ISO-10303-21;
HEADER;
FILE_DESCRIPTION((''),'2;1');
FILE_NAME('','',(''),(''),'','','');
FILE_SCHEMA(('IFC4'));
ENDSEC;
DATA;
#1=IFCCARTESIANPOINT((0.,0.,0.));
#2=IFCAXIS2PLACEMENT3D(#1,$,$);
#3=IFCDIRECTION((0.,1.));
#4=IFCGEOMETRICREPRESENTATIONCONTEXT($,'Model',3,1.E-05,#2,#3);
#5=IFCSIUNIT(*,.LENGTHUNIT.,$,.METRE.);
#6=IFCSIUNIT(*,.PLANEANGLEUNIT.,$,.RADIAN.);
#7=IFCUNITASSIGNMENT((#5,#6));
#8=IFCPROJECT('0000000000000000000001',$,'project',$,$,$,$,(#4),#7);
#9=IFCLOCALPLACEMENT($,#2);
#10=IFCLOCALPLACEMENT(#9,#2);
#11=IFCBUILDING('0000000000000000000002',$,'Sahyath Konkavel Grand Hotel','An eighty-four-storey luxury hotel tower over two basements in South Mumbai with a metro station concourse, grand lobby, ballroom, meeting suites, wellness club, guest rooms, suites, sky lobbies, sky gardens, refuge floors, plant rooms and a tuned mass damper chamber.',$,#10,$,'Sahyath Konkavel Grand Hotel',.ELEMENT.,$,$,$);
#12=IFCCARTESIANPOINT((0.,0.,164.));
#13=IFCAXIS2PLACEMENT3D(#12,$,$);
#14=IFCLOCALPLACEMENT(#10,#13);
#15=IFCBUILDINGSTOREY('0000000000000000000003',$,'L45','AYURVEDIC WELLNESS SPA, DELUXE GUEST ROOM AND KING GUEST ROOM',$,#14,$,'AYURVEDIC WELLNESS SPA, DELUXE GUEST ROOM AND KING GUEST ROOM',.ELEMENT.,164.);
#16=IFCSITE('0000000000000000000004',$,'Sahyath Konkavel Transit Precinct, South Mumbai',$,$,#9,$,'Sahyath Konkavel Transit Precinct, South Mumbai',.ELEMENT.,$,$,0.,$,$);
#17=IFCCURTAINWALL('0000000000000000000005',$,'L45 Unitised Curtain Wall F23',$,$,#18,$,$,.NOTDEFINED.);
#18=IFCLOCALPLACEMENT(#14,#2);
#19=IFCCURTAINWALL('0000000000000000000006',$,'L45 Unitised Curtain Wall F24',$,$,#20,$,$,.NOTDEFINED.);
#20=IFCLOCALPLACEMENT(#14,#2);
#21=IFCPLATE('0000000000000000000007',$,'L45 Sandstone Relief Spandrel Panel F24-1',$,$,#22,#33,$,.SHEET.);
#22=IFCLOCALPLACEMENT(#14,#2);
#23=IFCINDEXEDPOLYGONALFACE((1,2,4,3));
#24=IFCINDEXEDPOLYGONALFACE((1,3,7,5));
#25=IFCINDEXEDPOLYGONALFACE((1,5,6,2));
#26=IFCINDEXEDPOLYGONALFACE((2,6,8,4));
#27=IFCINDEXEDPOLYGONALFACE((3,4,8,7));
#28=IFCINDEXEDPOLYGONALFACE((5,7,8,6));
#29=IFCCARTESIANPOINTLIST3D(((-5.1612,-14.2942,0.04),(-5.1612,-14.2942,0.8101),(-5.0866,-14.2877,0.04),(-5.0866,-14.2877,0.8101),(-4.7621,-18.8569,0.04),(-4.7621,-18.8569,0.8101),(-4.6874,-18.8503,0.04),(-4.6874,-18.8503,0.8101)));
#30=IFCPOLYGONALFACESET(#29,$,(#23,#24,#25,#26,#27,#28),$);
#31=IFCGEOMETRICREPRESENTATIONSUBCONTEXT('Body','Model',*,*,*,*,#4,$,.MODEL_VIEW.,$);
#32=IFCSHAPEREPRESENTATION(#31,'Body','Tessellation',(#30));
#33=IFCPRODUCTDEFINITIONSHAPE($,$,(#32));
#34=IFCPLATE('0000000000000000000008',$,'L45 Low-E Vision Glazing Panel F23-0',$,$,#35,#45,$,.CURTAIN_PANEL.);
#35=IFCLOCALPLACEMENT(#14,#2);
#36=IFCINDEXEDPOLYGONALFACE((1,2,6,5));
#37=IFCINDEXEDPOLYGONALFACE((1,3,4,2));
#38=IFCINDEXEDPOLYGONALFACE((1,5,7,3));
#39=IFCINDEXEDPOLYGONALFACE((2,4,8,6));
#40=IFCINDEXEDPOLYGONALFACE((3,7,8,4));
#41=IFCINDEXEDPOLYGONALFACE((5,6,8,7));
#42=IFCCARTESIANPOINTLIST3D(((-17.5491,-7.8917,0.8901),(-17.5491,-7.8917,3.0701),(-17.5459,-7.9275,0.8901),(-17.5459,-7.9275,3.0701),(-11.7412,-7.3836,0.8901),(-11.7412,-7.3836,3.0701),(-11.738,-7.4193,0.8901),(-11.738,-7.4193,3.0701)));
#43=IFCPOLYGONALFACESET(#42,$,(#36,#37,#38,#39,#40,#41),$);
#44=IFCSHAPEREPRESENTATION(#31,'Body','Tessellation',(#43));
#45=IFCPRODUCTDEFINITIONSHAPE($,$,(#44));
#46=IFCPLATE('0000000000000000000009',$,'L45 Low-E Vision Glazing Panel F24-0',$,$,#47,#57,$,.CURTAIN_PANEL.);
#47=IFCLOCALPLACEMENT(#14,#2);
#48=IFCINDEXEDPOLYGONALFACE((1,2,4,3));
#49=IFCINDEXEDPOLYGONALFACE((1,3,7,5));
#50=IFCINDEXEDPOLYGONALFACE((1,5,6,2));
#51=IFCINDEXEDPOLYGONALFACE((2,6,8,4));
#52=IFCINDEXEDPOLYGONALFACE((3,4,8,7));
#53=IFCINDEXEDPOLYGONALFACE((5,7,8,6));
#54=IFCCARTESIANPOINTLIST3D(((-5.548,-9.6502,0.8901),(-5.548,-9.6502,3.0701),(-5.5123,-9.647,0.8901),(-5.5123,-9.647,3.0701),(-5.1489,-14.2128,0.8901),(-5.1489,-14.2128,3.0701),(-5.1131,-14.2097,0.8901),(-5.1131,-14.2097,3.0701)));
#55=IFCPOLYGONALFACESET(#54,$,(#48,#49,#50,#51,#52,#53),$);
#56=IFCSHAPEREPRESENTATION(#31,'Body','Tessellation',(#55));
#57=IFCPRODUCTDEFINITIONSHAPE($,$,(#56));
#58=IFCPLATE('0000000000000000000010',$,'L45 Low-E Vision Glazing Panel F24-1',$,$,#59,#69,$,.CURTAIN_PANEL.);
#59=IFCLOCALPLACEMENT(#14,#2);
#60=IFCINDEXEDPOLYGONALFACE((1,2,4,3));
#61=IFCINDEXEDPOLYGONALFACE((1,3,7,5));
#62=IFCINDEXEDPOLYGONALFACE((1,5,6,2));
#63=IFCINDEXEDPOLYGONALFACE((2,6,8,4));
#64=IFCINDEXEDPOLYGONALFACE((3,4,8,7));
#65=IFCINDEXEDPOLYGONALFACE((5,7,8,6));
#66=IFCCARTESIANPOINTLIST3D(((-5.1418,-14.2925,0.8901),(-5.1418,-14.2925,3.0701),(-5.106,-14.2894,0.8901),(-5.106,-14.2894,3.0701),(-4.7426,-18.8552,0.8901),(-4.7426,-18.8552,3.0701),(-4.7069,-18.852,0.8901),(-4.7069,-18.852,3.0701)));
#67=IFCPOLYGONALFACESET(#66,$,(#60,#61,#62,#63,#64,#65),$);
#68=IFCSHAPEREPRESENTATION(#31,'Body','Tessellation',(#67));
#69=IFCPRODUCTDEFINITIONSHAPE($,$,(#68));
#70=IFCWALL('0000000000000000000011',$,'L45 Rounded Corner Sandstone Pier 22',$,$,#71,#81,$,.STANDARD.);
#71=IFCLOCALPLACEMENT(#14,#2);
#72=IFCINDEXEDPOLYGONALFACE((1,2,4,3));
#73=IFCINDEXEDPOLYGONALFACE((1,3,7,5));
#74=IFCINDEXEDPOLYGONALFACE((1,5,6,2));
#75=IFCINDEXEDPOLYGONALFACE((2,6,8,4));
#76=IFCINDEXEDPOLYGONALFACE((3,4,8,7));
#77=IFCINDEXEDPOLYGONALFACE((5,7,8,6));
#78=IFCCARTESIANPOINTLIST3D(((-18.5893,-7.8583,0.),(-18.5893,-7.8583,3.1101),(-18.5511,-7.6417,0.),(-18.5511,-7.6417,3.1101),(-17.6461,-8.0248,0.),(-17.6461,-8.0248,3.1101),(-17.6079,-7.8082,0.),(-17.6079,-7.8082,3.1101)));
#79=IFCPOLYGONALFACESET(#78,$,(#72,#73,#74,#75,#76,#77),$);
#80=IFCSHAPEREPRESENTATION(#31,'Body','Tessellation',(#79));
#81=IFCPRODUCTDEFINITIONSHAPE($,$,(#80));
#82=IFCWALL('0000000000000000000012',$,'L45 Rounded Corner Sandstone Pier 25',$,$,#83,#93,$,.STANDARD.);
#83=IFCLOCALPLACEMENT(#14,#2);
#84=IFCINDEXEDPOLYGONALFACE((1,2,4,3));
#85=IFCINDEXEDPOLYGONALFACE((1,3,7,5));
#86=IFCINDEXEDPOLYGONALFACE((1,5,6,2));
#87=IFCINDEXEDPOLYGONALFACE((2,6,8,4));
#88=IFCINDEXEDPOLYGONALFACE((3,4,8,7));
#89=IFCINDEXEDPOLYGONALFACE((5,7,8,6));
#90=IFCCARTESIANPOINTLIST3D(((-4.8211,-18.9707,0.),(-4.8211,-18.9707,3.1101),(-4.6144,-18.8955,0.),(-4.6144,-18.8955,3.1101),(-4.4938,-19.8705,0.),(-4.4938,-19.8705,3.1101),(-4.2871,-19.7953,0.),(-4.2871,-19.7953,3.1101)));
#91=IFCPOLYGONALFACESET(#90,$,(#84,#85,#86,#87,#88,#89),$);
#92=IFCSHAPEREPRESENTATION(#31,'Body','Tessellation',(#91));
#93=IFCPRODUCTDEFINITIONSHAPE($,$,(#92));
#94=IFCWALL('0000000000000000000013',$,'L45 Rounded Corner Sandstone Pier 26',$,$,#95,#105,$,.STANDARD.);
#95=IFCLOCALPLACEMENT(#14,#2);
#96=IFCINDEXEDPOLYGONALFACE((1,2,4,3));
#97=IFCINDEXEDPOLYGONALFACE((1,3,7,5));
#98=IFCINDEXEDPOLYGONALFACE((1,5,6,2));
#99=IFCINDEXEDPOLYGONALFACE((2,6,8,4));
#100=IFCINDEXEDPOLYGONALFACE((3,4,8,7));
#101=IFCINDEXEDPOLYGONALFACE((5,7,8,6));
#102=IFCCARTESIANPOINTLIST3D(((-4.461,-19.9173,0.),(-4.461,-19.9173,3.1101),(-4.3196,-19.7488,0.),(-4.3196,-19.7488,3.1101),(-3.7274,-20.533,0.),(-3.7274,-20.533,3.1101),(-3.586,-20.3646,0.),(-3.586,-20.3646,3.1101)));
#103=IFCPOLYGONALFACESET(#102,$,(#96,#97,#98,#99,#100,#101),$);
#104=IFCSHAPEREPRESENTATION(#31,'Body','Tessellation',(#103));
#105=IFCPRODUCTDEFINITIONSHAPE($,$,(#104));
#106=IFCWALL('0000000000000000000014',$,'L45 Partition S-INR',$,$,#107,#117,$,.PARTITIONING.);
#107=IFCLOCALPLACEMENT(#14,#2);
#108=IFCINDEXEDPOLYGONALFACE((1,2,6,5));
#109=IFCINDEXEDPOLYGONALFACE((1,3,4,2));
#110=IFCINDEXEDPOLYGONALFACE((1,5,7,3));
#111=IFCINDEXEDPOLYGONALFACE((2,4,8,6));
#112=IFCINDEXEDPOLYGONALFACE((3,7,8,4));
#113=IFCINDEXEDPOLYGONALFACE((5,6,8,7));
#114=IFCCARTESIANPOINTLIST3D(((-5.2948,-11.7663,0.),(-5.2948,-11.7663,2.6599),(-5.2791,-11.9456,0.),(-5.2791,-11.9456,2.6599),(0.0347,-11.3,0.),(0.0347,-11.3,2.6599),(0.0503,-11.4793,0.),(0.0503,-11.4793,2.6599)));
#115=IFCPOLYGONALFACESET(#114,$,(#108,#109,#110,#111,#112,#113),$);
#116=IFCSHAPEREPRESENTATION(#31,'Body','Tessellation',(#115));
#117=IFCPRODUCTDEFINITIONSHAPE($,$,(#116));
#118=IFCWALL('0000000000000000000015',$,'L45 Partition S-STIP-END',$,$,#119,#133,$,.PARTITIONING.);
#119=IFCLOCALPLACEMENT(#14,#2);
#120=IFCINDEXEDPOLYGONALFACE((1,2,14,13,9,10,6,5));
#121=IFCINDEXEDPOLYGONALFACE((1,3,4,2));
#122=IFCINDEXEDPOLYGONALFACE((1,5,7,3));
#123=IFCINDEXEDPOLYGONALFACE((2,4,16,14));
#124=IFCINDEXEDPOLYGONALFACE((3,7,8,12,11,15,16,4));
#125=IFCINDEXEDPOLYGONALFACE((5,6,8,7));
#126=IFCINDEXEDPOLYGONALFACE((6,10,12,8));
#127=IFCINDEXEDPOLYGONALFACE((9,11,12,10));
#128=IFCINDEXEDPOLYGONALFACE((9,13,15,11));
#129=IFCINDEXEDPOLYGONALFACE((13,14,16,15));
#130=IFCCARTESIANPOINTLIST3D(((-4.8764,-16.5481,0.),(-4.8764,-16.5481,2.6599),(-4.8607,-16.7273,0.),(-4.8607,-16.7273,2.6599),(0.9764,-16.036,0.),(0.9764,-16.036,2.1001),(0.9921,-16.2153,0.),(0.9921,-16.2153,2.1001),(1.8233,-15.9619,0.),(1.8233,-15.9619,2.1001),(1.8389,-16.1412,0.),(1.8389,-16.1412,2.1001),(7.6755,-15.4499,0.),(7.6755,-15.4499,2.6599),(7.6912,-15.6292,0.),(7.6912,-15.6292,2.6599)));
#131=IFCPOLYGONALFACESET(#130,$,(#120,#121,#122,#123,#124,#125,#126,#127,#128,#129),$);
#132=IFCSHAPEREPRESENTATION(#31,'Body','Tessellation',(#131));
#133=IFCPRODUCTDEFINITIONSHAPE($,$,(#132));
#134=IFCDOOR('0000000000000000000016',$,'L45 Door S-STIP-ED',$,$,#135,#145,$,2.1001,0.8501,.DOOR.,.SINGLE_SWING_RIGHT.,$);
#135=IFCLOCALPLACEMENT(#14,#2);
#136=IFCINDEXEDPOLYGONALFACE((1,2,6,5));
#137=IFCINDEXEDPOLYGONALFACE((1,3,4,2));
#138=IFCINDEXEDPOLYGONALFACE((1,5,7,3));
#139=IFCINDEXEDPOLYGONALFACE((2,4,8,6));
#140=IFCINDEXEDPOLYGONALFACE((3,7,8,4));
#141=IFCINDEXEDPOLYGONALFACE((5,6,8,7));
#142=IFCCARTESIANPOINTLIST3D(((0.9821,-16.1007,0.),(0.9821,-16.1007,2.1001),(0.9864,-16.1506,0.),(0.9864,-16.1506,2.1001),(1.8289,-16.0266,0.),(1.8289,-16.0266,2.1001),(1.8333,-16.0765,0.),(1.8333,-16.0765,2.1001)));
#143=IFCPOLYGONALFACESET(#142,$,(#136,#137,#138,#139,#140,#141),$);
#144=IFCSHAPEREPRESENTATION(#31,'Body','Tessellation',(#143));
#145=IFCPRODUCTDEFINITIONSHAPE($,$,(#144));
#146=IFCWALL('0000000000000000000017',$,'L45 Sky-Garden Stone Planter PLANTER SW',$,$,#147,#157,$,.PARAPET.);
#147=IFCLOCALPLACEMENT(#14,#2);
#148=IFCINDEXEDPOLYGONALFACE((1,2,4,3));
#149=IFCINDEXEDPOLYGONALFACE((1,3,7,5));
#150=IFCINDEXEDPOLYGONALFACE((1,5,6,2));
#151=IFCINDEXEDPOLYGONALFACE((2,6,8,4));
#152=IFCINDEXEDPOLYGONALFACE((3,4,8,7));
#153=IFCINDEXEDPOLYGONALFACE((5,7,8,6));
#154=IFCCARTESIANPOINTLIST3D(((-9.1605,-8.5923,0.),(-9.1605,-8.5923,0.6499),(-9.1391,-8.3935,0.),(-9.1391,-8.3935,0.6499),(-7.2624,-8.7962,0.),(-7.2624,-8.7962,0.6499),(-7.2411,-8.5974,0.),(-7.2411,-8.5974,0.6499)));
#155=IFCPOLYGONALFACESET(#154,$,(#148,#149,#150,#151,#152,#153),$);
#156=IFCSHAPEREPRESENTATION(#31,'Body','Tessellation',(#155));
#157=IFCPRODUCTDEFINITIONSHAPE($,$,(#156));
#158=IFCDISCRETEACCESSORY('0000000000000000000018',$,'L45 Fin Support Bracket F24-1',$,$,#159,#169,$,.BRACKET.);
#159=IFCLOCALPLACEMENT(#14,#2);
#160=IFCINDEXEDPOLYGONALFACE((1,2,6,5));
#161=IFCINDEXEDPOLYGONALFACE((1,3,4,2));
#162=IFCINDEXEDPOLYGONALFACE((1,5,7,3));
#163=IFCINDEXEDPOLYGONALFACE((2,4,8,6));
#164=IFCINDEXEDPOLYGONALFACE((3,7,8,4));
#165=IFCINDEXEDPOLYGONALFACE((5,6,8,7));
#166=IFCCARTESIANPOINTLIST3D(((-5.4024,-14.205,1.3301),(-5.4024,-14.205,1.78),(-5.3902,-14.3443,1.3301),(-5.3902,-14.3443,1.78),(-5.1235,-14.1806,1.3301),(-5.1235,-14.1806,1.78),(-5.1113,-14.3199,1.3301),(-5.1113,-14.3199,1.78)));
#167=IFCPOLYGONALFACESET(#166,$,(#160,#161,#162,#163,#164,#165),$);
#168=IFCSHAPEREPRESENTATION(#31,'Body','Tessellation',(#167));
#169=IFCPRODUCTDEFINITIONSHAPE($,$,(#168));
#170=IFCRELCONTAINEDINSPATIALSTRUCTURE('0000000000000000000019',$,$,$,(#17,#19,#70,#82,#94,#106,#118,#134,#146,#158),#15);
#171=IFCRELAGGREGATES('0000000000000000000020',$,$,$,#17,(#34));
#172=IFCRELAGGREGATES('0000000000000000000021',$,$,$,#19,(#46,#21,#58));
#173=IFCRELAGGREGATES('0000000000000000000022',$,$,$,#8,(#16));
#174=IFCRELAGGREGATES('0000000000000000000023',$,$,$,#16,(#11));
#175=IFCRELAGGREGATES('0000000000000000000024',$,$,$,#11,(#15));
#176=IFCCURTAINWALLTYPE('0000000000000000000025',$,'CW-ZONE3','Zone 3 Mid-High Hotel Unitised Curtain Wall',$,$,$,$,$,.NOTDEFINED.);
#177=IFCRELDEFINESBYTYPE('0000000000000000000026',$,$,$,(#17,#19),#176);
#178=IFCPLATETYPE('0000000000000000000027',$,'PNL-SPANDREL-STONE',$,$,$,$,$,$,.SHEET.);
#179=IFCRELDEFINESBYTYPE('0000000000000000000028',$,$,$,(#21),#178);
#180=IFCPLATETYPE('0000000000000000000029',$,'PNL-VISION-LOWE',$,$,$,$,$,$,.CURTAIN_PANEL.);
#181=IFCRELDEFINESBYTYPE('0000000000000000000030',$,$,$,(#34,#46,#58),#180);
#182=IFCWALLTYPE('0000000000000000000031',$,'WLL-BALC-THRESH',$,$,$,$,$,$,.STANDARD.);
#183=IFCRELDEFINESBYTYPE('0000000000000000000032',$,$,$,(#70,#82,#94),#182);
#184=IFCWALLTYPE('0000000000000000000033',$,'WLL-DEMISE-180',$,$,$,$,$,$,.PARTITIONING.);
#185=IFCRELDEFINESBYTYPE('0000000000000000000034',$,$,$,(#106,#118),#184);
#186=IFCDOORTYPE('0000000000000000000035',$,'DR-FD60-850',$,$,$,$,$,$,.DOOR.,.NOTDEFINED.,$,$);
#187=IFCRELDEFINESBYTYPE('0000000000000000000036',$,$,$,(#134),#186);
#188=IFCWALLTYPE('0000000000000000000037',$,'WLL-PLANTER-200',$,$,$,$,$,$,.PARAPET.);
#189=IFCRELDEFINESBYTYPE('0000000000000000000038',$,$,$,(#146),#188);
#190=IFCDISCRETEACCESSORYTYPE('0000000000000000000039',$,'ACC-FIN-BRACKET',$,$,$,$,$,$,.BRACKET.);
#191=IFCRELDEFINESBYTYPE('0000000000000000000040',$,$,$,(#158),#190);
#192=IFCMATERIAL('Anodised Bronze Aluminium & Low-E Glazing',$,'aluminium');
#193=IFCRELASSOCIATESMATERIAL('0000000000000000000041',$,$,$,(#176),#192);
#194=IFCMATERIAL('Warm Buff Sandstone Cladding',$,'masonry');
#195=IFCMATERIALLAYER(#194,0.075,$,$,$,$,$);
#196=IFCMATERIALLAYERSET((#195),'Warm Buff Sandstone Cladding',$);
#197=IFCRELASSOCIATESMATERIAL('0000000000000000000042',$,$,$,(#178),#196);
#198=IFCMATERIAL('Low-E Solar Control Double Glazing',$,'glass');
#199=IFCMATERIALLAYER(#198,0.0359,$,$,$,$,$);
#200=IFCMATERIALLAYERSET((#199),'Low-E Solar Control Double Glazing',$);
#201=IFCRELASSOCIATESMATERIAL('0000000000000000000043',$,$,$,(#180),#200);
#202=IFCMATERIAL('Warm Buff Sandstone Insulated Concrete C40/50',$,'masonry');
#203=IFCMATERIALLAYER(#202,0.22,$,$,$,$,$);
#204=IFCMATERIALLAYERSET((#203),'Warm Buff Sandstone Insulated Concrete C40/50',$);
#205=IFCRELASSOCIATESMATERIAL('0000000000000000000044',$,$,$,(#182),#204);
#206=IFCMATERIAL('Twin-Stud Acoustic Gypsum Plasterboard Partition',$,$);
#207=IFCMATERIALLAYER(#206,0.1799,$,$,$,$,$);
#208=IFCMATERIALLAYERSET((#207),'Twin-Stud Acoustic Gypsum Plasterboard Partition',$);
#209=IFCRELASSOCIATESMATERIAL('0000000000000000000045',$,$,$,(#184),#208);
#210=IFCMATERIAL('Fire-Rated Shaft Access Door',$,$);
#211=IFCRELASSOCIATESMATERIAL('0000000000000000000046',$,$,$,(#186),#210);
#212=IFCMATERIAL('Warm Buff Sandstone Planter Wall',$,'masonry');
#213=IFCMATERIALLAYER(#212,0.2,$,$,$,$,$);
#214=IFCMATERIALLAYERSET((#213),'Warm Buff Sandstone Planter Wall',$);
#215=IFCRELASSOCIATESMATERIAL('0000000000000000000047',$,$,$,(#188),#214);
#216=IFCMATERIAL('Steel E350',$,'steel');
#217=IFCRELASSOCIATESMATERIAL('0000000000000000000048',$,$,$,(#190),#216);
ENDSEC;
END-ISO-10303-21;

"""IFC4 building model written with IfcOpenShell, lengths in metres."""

from ifc_helpers import new_model, si_unit, direction, frame, frame_2d, origin, origin_2d, place, context, subcontext, project, spatial, rectangle, extrude, source, transform, mapped, material, layer, layer_set, type_object, element, fill, aggregate, save


model = new_model("IFC4")

# Units and contexts
model_context = context("Model", 3, precision=1e-05, world=origin(), true_north=direction((0.0, 1.0)))
body_context = subcontext(model_context, "Body", "Model", "MODEL_VIEW")
ifc_project = project(units=[si_unit("LENGTHUNIT", "METRE"), si_unit("PLANEANGLEUNIT", "RADIAN")], contexts=[model_context])

# Site, building, storey
site_placement = place(None, origin())
site = spatial("IfcSite", under=ifc_project, at=site_placement, Name="Sahyath Konkavel Transit Precinct, South Mumbai", LongName="Sahyath Konkavel Transit Precinct, South Mumbai", CompositionType="ELEMENT", RefElevation=0.0)
building_placement = place(site_placement, origin())
building = spatial("IfcBuilding", under=site, at=building_placement, Name="Sahyath Konkavel Grand Hotel", Description="An eighty-four-storey luxury hotel tower over two basements in South Mumbai with a metro station concourse, grand lobby, ballroom, meeting suites, wellness club, guest rooms, suites, sky lobbies, sky gardens, refuge floors, plant rooms and a tuned mass damper chamber.", LongName="Sahyath Konkavel Grand Hotel", CompositionType="ELEMENT")
storey_placement = place(building_placement, frame((0.0, 0.0, 164.0)))
storey = spatial("IfcBuildingStorey", under=building, at=storey_placement, Name="L45", Description="AYURVEDIC WELLNESS SPA, DELUXE GUEST ROOM AND KING GUEST ROOM", LongName="AYURVEDIC WELLNESS SPA, DELUXE GUEST ROOM AND KING GUEST ROOM", CompositionType="ELEMENT", Elevation=164.0)

# Curtain walls
ifc_material_1 = material(Name="Anodised Bronze Aluminium & Low-E Glazing", Category="aluminium")
curtain_wall_type = type_object("IfcCurtainWallType", Name="CW-ZONE3", Description="Zone 3 Mid-High Hotel Unitised Curtain Wall", PredefinedType="NOTDEFINED", material=ifc_material_1)
curtain_wall_1_placement = place(storey_placement, origin())
curtain_wall_1 = element("IfcCurtainWall", 1, at=curtain_wall_1_placement, inside=storey, type_object=curtain_wall_type, Name="L45 Unitised Curtain Wall F23", PredefinedType="NOTDEFINED")
curtain_wall_2_placement = place(storey_placement, origin())
curtain_wall_2 = element("IfcCurtainWall", 2, at=curtain_wall_2_placement, inside=storey, type_object=curtain_wall_type, Name="L45 Unitised Curtain Wall F24", PredefinedType="NOTDEFINED")

# Plates
ifc_material_2 = material(Name="Warm Buff Sandstone Cladding", Category="masonry")
ifc_layer_1 = layer(ifc_material_2, 0.075)
ifc_layer_set_1 = layer_set([ifc_layer_1], Name="Warm Buff Sandstone Cladding")
plate_type_1 = type_object("IfcPlateType", Name="PNL-SPANDREL-STONE", PredefinedType="SHEET", material=ifc_layer_set_1)
shared_shape_1 = source(origin(), body_context, "Body", "SweptSolid", [
    extrude(rectangle(XDim=4.5801, YDim=0.075, at=origin_2d()), origin(), (0.0, 0.0, 1.0), 0.77),
])
plate_1_placement = place(storey_placement, frame((-4.9243, -16.5723, 0.04), z_axis=(0.0, 0.0, 1.0), x_axis=(0.087156, -0.996195, 0.0)))
plate_1 = element("IfcPlate", 3, at=plate_1_placement, type_object=plate_type_1, Name="L45 Sandstone Relief Spandrel Panel F24-1", PredefinedType="SHEET", context=body_context, shape_type="MappedRepresentation", body=[
    mapped(shared_shape_1, transform((0.0, 0.0, 0.0), scale=1.0)),
])
ifc_material_3 = material(Name="Low-E Solar Control Double Glazing", Category="glass")
ifc_layer_2 = layer(ifc_material_3, 0.0359)
ifc_layer_set_2 = layer_set([ifc_layer_2], Name="Low-E Solar Control Double Glazing")
plate_type_2 = type_object("IfcPlateType", Name="PNL-VISION-LOWE", PredefinedType="CURTAIN_PANEL", material=ifc_layer_set_2)
shared_shape_2 = source(origin(), body_context, "Body", "SweptSolid", [
    extrude(rectangle(XDim=5.8301, YDim=0.0359, at=origin_2d()), origin(), (0.0, 0.0, 1.0), 2.1799),
])
plate_2_placement = place(storey_placement, frame((-14.6436, -7.6555, 0.8901), z_axis=(0.0, 0.0, 1.0), x_axis=(0.996195, 0.087156, 0.0)))
plate_2 = element("IfcPlate", 4, at=plate_2_placement, type_object=plate_type_2, Name="L45 Low-E Vision Glazing Panel F23-0", PredefinedType="CURTAIN_PANEL", context=body_context, shape_type="MappedRepresentation", body=[
    mapped(shared_shape_2, transform((0.0, 0.0, 0.0), scale=1.0)),
])
aggregate(curtain_wall_1, [plate_2])
shared_shape_3 = source(origin(), body_context, "Body", "SweptSolid", [
    extrude(rectangle(XDim=4.5801, YDim=0.0359, at=origin_2d()), origin(), (0.0, 0.0, 1.0), 2.1799),
])
plate_3_placement = place(storey_placement, frame((-5.3306, -11.9299, 0.8901), z_axis=(0.0, 0.0, 1.0), x_axis=(0.087156, -0.996195, 0.0)))
plate_3 = element("IfcPlate", 5, at=plate_3_placement, type_object=plate_type_2, Name="L45 Low-E Vision Glazing Panel F24-0", PredefinedType="CURTAIN_PANEL", context=body_context, shape_type="MappedRepresentation", body=[
    mapped(shared_shape_3, transform((0.0, 0.0, 0.0), scale=1.0)),
])
plate_4_placement = place(storey_placement, frame((-4.9243, -16.5723, 0.8901), z_axis=(0.0, 0.0, 1.0), x_axis=(0.087156, -0.996195, 0.0)))
plate_4 = element("IfcPlate", 6, at=plate_4_placement, type_object=plate_type_2, Name="L45 Low-E Vision Glazing Panel F24-1", PredefinedType="CURTAIN_PANEL", context=body_context, shape_type="MappedRepresentation", body=[
    mapped(shared_shape_3, transform((0.0, 0.0, 0.0), scale=1.0)),
])
aggregate(curtain_wall_2, [plate_3, plate_1, plate_4])

# Walls
ifc_material_4 = material(Name="Warm Buff Sandstone Insulated Concrete C40/50", Category="masonry")
ifc_layer_3 = layer(ifc_material_4, 0.22)
ifc_layer_set_3 = layer_set([ifc_layer_3], Name="Warm Buff Sandstone Insulated Concrete C40/50")
wall_type_1 = type_object("IfcWallType", Name="WLL-BALC-THRESH", PredefinedType="STANDARD", material=ifc_layer_set_3)
wall_1_placement = place(storey_placement, frame((-18.5703, -7.75, 0.0), z_axis=(0.0, 0.0, 1.0), x_axis=(0.984771, -0.173858, 0.0)))
element("IfcWall", 7, at=wall_1_placement, inside=storey, type_object=wall_type_1, Name="L45 Rounded Corner Sandstone Pier 22", PredefinedType="STANDARD", context=body_context, shape_type="SweptSolid", body=[
    extrude(rectangle(XDim=0.9578, YDim=0.22, at=frame_2d((0.479, 0.0))), origin(), (0.0, 0.0, 1.0), 3.1101),
])
wall_2_placement = place(storey_placement, frame((-4.7178, -18.9331, 0.0), z_axis=(0.0, 0.0, 1.0), x_axis=(0.341886, -0.939741, 0.0)))
element("IfcWall", 8, at=wall_2_placement, inside=storey, type_object=wall_type_1, Name="L45 Rounded Corner Sandstone Pier 25", PredefinedType="STANDARD", context=body_context, shape_type="SweptSolid", body=[
    extrude(rectangle(XDim=0.9575, YDim=0.22, at=frame_2d((0.4788, 0.0))), origin(), (0.0, 0.0, 1.0), 3.1101),
])
wall_3_placement = place(storey_placement, frame((-4.3904, -19.833, 0.0), z_axis=(0.0, 0.0, 1.0), x_axis=(0.765981, -0.642863, 0.0)))
element("IfcWall", 9, at=wall_3_placement, inside=storey, type_object=wall_type_1, Name="L45 Rounded Corner Sandstone Pier 26", PredefinedType="STANDARD", context=body_context, shape_type="SweptSolid", body=[
    extrude(rectangle(XDim=0.9578, YDim=0.22, at=frame_2d((0.479, 0.0))), origin(), (0.0, 0.0, 1.0), 3.1101),
])
ifc_material_5 = material(Name="Twin-Stud Acoustic Gypsum Plasterboard Partition")
ifc_layer_4 = layer(ifc_material_5, 0.1799)
ifc_layer_set_4 = layer_set([ifc_layer_4], Name="Twin-Stud Acoustic Gypsum Plasterboard Partition")
wall_type_2 = type_object("IfcWallType", Name="WLL-DEMISE-180", PredefinedType="PARTITIONING", material=ifc_layer_set_4)
wall_4_placement = place(storey_placement, frame((-5.2869, -11.856, 0.0), z_axis=(0.0, 0.0, 1.0), x_axis=(0.996194, 0.087161, 0.0)))
element("IfcWall", 10, at=wall_4_placement, inside=storey, type_object=wall_type_2, Name="L45 Partition S-INR", PredefinedType="PARTITIONING", context=body_context, shape_type="SweptSolid", body=[
    extrude(rectangle(XDim=5.3499, YDim=0.1799, at=frame_2d((2.6748, 0.0))), origin(), (0.0, 0.0, 1.0), 2.6599),
])

# Wall, opening, door
wall_5_placement = place(storey_placement, frame((-4.8684, -16.6377, 0.0), z_axis=(0.0, 0.0, 1.0), x_axis=(0.996195, 0.087155, 0.0)))
wall_5 = element("IfcWall", 11, at=wall_5_placement, inside=storey, type_object=wall_type_2, Name="L45 Partition S-STIP-END", PredefinedType="PARTITIONING", context=body_context, shape_type="SweptSolid", body=[
    extrude(rectangle(XDim=12.5999, YDim=0.1799, at=frame_2d((6.2998, 0.0))), origin(), (0.0, 0.0, 1.0), 2.6599),
])
opening_placement = place(wall_5_placement, frame((5.875, 0.0, 0.0)))
opening = element("IfcOpeningElement", 12, at=opening_placement, cuts=wall_5, PredefinedType="OPENING", context=body_context, shape_type="SweptSolid", body=[
    extrude(rectangle(XDim=0.8501, YDim=2.1001, at=frame_2d((0.425, 1.05))), frame((0.0, 0.1001, 0.0), z_axis=(0.0, -1.0, 0.0), x_axis=(1.0, 0.0, 0.0)), (0.0, 0.0, 1.0), 0.2),
])
ifc_material_6 = material(Name="Fire-Rated Shaft Access Door")
door_type = type_object("IfcDoorType", Name="DR-FD60-850", OperationType="NOTDEFINED", PredefinedType="DOOR", material=ifc_material_6)
shared_shape_4 = source(origin(), body_context, "Body", "SweptSolid", [
    extrude(rectangle(XDim=0.8501, YDim=0.05, at=origin_2d()), origin(), (0.0, 0.0, 1.0), 2.1001),
])
door_placement = place(opening_placement, frame((0.425, 0.0, 0.0)))
door = element("IfcDoor", 13, at=door_placement, inside=storey, type_object=door_type, Name="L45 Door S-STIP-ED", OperationType="SINGLE_SWING_RIGHT", OverallHeight=2.1001, OverallWidth=0.8501, PredefinedType="DOOR", context=body_context, shape_type="MappedRepresentation", body=[
    mapped(shared_shape_4, transform((0.0, 0.0, 0.0), scale=1.0)),
])
fill(opening, door)

# Wall
ifc_material_7 = material(Name="Warm Buff Sandstone Planter Wall", Category="masonry")
ifc_layer_5 = layer(ifc_material_7, 0.2)
ifc_layer_set_5 = layer_set([ifc_layer_5], Name="Warm Buff Sandstone Planter Wall")
wall_type_3 = type_object("IfcWallType", Name="WLL-PLANTER-200", PredefinedType="PARAPET", material=ifc_layer_set_5)
wall_6_placement = place(storey_placement, frame((-9.1499, -8.4929, 0.0), z_axis=(0.0, 0.0, 1.0), x_axis=(0.994281, -0.106795, 0.0)))
element("IfcWall", 14, at=wall_6_placement, inside=storey, type_object=wall_type_3, Name="L45 Sky-Garden Stone Planter PLANTER SW", PredefinedType="PARAPET", context=body_context, shape_type="SweptSolid", body=[
    extrude(rectangle(XDim=1.9089, YDim=0.2, at=frame_2d((0.9546, 0.0))), origin(), (0.0, 0.0, 1.0), 0.6499),
])

# Discrete accessory
ifc_material_8 = material(Name="Steel E350", Category="steel")
discrete_accessory_type = type_object("IfcDiscreteAccessoryType", Name="ACC-FIN-BRACKET", PredefinedType="BRACKET", material=ifc_material_8)
shared_shape_5 = source(origin(), body_context, "Body", "SweptSolid", [
    extrude(rectangle(XDim=0.28, YDim=0.1399, at=origin_2d()), origin(), (0.0, 0.0, 1.0), 0.45),
])
discrete_accessory_placement = place(storey_placement, frame((-5.2568, -14.2625, 1.3301), z_axis=(0.0, 0.0, 1.0), x_axis=(-0.996195, -0.087156, 0.0)))
element("IfcDiscreteAccessory", 15, at=discrete_accessory_placement, inside=storey, type_object=discrete_accessory_type, Name="L45 Fin Support Bracket F24-1", PredefinedType="BRACKET", context=body_context, shape_type="MappedRepresentation", body=[
    mapped(shared_shape_5, transform((0.0, 0.0, 0.0), scale=1.0)),
])

save(model, "model.ifc")
